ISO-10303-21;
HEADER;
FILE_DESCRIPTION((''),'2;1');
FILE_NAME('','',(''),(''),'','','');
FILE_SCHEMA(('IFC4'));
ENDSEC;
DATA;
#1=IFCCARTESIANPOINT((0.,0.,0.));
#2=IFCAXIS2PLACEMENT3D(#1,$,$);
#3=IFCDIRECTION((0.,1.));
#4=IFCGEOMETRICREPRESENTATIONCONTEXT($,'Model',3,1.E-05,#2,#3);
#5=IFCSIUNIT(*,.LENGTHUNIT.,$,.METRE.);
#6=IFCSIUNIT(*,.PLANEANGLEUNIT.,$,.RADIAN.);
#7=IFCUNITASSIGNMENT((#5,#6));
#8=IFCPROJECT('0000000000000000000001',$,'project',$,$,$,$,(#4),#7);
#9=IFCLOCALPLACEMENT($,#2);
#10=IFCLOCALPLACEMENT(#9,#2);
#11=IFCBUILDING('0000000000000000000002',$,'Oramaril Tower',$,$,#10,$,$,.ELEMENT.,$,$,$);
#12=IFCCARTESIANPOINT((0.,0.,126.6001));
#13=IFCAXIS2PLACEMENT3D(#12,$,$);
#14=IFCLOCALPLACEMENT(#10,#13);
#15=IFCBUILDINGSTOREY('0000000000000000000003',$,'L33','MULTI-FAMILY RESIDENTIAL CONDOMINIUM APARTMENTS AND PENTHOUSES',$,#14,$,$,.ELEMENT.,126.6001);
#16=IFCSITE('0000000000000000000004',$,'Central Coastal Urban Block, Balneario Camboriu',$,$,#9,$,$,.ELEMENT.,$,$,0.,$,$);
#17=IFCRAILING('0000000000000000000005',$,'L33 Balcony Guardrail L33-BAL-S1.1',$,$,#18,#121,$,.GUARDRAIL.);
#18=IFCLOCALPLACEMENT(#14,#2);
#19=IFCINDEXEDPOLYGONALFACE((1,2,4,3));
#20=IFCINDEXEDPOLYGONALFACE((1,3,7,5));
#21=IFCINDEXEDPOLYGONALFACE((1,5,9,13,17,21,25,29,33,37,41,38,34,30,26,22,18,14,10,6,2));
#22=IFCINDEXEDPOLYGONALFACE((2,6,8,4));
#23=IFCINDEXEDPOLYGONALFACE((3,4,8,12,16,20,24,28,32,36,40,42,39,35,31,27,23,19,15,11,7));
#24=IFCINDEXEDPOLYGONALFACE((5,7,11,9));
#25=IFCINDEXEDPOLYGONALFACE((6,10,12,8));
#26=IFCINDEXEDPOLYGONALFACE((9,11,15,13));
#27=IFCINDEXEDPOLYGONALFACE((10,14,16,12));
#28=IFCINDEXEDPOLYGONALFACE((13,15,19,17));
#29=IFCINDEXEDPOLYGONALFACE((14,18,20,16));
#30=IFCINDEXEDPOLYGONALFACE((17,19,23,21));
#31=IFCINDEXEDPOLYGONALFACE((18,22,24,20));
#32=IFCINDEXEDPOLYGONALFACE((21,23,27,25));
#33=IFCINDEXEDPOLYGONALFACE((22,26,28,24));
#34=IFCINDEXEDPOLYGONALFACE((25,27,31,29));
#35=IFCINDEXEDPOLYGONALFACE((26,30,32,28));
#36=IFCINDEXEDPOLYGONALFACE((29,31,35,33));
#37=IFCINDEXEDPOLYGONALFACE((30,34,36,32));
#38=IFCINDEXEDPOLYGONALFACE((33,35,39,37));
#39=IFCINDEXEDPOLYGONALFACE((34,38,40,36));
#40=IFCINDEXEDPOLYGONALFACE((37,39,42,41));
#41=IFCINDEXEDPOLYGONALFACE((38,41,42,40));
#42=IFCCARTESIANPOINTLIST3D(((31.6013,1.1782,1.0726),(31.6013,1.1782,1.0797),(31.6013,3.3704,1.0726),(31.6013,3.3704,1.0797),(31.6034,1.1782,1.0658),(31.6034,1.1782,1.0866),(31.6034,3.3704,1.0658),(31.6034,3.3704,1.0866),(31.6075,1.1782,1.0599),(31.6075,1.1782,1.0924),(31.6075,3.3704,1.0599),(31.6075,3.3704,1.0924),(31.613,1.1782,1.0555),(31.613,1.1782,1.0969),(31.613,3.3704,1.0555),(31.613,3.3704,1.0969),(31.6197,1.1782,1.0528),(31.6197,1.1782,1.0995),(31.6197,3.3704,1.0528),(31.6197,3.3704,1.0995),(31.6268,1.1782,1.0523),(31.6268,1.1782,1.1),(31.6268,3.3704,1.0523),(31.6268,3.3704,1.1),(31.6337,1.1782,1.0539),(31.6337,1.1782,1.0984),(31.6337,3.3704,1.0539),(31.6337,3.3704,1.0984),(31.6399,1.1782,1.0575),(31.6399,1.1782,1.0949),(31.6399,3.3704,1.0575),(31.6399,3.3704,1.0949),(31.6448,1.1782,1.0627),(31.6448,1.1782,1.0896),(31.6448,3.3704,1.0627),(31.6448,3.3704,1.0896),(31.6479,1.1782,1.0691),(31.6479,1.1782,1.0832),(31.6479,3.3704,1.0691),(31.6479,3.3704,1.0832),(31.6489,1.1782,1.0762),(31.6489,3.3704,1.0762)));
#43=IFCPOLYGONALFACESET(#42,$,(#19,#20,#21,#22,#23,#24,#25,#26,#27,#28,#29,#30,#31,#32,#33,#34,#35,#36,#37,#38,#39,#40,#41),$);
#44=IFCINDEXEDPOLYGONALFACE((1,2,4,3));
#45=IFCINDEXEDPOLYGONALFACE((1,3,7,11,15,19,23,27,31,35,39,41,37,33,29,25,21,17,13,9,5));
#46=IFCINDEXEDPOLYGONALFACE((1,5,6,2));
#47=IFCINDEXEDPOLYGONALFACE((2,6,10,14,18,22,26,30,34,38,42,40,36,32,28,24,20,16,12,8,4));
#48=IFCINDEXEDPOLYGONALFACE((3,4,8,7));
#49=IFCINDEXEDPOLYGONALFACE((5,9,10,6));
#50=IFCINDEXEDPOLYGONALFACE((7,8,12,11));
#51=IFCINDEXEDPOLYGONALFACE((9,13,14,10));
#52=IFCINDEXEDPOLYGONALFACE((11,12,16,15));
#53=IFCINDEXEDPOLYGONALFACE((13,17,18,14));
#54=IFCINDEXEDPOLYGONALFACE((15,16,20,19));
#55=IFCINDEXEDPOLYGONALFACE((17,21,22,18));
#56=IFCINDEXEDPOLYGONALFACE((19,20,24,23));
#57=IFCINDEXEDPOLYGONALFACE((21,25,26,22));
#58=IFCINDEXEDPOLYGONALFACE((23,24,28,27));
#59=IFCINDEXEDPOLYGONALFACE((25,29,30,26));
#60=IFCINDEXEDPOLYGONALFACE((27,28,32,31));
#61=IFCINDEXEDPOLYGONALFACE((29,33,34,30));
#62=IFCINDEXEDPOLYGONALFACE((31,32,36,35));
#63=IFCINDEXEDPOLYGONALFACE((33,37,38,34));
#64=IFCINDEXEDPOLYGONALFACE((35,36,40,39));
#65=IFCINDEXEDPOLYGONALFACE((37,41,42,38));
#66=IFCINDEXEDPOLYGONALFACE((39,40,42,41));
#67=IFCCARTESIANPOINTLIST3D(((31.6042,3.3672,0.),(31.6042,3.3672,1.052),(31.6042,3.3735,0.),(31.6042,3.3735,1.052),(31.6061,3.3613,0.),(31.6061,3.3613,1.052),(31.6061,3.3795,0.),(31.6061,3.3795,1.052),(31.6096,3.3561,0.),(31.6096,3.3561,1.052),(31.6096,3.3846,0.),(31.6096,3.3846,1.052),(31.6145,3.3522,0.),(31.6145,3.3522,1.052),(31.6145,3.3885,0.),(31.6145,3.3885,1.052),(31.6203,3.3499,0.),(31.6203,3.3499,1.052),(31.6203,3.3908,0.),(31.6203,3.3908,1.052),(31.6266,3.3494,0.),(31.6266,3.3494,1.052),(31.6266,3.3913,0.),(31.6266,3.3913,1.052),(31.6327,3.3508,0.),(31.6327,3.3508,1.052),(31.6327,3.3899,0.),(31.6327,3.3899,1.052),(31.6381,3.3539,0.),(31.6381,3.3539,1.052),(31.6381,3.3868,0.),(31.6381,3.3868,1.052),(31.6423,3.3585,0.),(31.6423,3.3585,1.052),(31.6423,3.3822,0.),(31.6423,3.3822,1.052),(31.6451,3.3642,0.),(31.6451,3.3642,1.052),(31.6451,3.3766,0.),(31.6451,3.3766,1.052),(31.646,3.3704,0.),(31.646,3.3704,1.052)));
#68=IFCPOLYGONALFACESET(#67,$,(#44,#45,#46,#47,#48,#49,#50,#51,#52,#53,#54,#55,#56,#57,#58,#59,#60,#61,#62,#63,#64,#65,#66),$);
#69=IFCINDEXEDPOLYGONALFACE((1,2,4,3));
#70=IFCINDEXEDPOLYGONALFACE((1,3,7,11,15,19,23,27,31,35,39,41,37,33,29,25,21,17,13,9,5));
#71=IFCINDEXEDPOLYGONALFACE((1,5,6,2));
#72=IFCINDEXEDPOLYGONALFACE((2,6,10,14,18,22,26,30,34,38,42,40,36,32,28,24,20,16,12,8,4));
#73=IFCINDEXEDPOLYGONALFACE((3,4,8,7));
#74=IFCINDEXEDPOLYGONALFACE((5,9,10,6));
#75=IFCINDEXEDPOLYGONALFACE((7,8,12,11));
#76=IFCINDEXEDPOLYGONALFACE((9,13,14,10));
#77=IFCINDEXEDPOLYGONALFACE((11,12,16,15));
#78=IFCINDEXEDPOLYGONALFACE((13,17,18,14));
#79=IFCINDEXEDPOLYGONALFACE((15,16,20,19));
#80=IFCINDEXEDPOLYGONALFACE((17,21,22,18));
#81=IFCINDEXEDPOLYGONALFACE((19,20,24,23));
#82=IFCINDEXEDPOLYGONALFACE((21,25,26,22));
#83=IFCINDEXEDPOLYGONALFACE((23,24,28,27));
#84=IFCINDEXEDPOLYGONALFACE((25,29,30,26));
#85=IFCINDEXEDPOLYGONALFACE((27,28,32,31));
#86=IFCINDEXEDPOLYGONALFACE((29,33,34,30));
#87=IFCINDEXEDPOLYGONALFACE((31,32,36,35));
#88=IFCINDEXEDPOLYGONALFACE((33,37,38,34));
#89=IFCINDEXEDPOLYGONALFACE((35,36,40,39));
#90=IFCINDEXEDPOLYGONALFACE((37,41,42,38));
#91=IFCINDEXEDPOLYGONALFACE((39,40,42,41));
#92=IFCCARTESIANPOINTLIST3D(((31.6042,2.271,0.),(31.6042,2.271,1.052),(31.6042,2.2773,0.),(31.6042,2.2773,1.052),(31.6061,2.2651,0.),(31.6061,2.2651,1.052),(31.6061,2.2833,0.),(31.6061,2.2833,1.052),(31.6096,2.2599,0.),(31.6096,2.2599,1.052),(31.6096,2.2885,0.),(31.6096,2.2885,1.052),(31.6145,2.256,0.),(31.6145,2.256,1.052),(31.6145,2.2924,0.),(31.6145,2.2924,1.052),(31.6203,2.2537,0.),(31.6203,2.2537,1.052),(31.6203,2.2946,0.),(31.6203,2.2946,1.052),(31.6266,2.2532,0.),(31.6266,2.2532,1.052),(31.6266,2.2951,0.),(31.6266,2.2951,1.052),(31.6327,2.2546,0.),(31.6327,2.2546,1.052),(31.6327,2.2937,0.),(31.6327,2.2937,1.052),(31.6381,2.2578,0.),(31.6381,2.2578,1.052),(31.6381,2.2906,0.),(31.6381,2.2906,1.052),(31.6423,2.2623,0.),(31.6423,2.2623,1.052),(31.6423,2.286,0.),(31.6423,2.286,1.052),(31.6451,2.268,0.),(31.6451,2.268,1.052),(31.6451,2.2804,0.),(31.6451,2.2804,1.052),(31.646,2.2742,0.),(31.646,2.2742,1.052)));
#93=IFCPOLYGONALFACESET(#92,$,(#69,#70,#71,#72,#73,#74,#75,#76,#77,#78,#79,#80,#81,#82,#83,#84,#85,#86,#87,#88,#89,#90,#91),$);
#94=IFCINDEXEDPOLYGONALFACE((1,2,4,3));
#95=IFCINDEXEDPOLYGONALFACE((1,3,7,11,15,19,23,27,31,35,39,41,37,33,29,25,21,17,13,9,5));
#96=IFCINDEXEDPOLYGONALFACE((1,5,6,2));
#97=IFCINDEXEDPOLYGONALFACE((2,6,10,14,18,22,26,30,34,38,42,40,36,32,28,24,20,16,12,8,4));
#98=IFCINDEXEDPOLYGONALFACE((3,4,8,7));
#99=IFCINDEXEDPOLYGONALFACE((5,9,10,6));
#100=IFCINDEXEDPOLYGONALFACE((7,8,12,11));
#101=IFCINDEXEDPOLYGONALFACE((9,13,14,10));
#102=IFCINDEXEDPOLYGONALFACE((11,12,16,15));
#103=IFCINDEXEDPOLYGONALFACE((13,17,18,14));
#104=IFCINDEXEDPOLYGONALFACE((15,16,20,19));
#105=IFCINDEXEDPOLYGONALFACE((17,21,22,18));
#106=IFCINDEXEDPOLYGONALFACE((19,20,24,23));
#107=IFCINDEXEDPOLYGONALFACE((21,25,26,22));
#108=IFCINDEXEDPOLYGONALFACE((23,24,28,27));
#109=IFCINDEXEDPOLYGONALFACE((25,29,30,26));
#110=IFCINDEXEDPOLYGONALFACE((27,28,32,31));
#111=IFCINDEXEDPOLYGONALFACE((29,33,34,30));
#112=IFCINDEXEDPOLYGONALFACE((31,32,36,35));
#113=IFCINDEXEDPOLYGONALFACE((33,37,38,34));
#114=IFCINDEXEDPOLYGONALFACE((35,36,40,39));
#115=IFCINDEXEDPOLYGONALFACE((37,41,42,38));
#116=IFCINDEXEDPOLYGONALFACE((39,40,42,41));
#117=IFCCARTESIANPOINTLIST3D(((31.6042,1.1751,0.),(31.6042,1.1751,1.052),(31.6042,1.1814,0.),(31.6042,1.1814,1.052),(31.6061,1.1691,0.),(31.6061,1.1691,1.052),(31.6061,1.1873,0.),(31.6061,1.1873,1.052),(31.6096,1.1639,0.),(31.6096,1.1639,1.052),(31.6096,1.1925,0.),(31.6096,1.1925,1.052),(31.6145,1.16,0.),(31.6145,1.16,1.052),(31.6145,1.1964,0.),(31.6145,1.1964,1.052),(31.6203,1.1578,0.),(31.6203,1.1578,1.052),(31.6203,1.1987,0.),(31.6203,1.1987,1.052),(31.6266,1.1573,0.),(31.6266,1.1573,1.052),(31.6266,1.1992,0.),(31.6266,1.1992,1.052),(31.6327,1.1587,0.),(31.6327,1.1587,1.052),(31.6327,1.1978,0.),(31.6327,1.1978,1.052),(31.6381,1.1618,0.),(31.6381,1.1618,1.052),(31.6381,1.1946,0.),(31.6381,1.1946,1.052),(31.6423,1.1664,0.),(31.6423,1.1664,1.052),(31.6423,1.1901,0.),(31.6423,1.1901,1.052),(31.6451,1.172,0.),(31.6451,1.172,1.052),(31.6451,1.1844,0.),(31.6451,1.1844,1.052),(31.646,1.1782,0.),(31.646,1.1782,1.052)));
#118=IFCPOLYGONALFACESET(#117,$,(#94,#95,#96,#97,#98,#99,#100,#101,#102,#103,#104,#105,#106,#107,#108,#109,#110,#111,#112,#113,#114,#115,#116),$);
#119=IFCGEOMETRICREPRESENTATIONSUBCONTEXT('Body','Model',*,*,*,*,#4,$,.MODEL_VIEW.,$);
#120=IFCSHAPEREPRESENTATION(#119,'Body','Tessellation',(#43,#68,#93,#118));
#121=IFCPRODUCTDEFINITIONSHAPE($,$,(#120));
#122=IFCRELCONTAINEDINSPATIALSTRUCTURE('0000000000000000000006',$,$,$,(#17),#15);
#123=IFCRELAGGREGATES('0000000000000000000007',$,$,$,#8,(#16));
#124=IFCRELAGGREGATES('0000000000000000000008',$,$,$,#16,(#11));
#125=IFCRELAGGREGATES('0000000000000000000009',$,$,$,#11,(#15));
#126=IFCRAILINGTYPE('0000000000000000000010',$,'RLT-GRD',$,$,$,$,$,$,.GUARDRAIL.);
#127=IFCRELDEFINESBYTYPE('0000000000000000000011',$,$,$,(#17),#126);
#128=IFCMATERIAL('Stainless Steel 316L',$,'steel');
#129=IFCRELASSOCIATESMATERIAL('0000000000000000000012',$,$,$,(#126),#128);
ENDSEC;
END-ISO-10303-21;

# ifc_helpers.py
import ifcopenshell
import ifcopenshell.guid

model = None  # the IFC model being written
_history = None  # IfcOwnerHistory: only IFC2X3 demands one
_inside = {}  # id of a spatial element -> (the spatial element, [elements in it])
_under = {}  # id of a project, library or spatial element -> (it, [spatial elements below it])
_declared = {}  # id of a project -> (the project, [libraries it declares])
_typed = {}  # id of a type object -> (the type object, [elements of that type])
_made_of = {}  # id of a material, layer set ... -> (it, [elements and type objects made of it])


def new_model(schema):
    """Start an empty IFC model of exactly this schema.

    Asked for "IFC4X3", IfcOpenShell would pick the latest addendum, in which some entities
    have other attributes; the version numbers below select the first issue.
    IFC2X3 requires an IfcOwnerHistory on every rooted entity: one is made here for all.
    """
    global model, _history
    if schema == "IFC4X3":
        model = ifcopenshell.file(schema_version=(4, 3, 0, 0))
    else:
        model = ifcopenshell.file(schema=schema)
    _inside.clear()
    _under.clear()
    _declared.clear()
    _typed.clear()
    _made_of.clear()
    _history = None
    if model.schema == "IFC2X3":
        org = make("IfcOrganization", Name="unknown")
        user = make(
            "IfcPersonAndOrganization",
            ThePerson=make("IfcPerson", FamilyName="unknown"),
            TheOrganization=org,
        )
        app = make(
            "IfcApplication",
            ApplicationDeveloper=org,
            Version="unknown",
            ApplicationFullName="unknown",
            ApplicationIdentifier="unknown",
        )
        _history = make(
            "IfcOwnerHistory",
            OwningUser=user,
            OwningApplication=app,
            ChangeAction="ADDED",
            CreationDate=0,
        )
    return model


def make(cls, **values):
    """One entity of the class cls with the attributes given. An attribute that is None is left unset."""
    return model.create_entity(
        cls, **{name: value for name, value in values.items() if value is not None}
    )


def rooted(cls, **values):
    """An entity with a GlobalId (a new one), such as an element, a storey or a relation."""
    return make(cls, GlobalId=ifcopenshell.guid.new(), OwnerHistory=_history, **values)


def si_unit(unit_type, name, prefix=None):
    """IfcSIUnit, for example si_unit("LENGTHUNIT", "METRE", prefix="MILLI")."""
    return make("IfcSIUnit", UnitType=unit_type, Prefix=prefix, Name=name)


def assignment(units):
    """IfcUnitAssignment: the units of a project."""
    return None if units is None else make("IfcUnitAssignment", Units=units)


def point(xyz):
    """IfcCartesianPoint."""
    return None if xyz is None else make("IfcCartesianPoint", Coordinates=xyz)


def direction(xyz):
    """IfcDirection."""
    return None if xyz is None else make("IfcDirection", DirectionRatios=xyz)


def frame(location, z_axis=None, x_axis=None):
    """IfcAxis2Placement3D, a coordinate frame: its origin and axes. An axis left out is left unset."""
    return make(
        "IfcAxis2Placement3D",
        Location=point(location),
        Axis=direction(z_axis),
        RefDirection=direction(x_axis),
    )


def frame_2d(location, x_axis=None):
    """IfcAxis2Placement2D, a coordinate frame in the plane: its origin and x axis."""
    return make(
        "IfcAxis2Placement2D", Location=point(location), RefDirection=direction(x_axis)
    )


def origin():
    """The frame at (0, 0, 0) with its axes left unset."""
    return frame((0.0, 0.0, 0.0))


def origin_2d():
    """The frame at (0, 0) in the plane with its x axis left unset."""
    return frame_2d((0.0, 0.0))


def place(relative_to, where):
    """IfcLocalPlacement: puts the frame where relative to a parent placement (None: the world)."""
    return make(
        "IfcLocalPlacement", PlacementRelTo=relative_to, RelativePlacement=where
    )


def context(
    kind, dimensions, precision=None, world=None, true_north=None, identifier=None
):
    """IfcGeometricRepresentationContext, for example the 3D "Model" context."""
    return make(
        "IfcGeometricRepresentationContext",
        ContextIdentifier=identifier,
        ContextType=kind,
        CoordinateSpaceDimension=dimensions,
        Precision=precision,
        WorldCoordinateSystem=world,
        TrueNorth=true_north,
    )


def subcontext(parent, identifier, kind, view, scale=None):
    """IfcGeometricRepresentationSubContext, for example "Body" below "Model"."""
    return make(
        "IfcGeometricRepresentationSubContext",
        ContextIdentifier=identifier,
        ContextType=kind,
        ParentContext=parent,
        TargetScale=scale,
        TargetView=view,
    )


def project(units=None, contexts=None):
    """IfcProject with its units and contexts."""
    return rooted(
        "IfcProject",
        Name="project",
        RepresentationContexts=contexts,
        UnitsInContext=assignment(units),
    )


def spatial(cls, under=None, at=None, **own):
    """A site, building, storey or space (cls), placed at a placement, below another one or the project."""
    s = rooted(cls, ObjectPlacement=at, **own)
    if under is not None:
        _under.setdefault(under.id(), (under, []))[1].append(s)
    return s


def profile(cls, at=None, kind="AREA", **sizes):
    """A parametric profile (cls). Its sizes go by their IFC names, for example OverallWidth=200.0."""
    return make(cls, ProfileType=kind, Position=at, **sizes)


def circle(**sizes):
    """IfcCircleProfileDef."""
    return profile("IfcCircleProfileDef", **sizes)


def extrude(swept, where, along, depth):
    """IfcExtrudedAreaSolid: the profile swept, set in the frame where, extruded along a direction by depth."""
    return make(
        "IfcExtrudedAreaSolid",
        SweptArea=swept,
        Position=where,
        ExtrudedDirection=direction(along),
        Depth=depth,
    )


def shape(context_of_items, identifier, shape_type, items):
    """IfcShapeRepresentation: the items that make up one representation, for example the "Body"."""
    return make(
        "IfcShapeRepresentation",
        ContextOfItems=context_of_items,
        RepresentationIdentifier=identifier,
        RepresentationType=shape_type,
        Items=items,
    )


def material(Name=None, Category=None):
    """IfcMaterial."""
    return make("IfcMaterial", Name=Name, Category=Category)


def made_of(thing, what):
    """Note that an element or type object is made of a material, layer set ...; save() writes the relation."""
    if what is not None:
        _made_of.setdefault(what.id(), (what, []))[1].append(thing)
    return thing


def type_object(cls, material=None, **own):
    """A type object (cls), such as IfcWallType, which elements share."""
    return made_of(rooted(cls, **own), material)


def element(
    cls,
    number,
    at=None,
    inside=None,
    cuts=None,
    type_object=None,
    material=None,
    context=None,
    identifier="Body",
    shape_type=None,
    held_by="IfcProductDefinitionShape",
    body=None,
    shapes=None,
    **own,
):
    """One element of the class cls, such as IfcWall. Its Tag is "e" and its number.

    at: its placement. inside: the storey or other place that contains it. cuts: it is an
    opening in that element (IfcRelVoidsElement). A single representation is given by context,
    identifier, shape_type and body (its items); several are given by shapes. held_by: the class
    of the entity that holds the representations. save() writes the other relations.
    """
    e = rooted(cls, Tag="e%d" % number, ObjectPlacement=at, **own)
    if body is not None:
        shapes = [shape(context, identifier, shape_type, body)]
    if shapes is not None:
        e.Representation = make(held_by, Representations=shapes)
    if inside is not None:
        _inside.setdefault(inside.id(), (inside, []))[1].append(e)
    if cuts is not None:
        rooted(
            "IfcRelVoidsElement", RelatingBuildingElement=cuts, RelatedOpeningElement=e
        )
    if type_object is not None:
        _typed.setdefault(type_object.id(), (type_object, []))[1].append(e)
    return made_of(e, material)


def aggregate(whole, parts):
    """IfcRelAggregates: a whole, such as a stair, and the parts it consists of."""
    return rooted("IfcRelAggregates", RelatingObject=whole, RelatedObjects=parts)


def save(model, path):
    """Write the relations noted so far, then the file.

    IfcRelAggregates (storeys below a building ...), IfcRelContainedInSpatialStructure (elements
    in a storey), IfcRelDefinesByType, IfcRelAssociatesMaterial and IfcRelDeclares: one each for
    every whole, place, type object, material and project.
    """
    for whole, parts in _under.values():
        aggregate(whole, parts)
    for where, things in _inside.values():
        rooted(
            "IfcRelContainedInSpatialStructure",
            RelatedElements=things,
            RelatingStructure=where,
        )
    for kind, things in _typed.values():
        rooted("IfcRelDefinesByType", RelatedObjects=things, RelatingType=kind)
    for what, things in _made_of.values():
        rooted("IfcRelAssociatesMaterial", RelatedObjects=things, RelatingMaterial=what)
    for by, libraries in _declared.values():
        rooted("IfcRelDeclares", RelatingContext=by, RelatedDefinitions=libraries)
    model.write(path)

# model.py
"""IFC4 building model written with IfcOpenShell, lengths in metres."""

from ifc_helpers import new_model, si_unit, direction, frame, origin, origin_2d, place, context, subcontext, project, spatial, circle, extrude, material, type_object, element, save


model = new_model("IFC4")

# Units and contexts
model_context = context("Model", 3, precision=1e-05, world=origin(), true_north=direction((0.0, 1.0)))
body_context = subcontext(model_context, "Body", "Model", "MODEL_VIEW")
ifc_project = project(units=[si_unit("LENGTHUNIT", "METRE"), si_unit("PLANEANGLEUNIT", "RADIAN")], contexts=[model_context])

# Site, building, storey
site_placement = place(None, origin())
site = spatial("IfcSite", under=ifc_project, at=site_placement, Name="Central Coastal Urban Block, Balneario Camboriu", CompositionType="ELEMENT", RefElevation=0.0)
building_placement = place(site_placement, origin())
building = spatial("IfcBuilding", under=site, at=building_placement, Name="Oramaril Tower", CompositionType="ELEMENT")
storey_placement = place(building_placement, frame((0.0, 0.0, 126.6001)))
storey = spatial("IfcBuildingStorey", under=building, at=storey_placement, Name="L33", Description="MULTI-FAMILY RESIDENTIAL CONDOMINIUM APARTMENTS AND PENTHOUSES", CompositionType="ELEMENT", Elevation=126.6001)

# Railing
ifc_material_1 = material(Name="Stainless Steel 316L", Category="steel")
railing_type = type_object("IfcRailingType", Name="RLT-GRD", PredefinedType="GUARDRAIL", material=ifc_material_1)
railing_1_placement = place(storey_placement, frame((31.625, 3.3704, 0.0)))
element("IfcRailing", 1, at=railing_1_placement, inside=storey, type_object=railing_type, Name="L33 Balcony Guardrail L33-BAL-S1.1", PredefinedType="GUARDRAIL", context=body_context, shape_type="SweptSolid", body=[
    extrude(circle(Radius=0.0239, at=origin_2d()), frame((0.0, 0.0, 1.0762), z_axis=(0.0, -1.0, 0.0), x_axis=(1.0, 0.0, 0.0)), (0.0, 0.0, 1.0), 2.1921),
    extrude(circle(Radius=0.021, at=origin_2d()), origin(), (0.0, 0.0, 1.0), 1.052),
    extrude(circle(Radius=0.021, at=origin_2d()), frame((0.0, -1.0962, 0.0)), (0.0, 0.0, 1.0), 1.052),
    extrude(circle(Radius=0.021, at=origin_2d()), frame((0.0, -2.1921, 0.0)), (0.0, 0.0, 1.0), 1.052),
])

save(model, "model.ifc")
